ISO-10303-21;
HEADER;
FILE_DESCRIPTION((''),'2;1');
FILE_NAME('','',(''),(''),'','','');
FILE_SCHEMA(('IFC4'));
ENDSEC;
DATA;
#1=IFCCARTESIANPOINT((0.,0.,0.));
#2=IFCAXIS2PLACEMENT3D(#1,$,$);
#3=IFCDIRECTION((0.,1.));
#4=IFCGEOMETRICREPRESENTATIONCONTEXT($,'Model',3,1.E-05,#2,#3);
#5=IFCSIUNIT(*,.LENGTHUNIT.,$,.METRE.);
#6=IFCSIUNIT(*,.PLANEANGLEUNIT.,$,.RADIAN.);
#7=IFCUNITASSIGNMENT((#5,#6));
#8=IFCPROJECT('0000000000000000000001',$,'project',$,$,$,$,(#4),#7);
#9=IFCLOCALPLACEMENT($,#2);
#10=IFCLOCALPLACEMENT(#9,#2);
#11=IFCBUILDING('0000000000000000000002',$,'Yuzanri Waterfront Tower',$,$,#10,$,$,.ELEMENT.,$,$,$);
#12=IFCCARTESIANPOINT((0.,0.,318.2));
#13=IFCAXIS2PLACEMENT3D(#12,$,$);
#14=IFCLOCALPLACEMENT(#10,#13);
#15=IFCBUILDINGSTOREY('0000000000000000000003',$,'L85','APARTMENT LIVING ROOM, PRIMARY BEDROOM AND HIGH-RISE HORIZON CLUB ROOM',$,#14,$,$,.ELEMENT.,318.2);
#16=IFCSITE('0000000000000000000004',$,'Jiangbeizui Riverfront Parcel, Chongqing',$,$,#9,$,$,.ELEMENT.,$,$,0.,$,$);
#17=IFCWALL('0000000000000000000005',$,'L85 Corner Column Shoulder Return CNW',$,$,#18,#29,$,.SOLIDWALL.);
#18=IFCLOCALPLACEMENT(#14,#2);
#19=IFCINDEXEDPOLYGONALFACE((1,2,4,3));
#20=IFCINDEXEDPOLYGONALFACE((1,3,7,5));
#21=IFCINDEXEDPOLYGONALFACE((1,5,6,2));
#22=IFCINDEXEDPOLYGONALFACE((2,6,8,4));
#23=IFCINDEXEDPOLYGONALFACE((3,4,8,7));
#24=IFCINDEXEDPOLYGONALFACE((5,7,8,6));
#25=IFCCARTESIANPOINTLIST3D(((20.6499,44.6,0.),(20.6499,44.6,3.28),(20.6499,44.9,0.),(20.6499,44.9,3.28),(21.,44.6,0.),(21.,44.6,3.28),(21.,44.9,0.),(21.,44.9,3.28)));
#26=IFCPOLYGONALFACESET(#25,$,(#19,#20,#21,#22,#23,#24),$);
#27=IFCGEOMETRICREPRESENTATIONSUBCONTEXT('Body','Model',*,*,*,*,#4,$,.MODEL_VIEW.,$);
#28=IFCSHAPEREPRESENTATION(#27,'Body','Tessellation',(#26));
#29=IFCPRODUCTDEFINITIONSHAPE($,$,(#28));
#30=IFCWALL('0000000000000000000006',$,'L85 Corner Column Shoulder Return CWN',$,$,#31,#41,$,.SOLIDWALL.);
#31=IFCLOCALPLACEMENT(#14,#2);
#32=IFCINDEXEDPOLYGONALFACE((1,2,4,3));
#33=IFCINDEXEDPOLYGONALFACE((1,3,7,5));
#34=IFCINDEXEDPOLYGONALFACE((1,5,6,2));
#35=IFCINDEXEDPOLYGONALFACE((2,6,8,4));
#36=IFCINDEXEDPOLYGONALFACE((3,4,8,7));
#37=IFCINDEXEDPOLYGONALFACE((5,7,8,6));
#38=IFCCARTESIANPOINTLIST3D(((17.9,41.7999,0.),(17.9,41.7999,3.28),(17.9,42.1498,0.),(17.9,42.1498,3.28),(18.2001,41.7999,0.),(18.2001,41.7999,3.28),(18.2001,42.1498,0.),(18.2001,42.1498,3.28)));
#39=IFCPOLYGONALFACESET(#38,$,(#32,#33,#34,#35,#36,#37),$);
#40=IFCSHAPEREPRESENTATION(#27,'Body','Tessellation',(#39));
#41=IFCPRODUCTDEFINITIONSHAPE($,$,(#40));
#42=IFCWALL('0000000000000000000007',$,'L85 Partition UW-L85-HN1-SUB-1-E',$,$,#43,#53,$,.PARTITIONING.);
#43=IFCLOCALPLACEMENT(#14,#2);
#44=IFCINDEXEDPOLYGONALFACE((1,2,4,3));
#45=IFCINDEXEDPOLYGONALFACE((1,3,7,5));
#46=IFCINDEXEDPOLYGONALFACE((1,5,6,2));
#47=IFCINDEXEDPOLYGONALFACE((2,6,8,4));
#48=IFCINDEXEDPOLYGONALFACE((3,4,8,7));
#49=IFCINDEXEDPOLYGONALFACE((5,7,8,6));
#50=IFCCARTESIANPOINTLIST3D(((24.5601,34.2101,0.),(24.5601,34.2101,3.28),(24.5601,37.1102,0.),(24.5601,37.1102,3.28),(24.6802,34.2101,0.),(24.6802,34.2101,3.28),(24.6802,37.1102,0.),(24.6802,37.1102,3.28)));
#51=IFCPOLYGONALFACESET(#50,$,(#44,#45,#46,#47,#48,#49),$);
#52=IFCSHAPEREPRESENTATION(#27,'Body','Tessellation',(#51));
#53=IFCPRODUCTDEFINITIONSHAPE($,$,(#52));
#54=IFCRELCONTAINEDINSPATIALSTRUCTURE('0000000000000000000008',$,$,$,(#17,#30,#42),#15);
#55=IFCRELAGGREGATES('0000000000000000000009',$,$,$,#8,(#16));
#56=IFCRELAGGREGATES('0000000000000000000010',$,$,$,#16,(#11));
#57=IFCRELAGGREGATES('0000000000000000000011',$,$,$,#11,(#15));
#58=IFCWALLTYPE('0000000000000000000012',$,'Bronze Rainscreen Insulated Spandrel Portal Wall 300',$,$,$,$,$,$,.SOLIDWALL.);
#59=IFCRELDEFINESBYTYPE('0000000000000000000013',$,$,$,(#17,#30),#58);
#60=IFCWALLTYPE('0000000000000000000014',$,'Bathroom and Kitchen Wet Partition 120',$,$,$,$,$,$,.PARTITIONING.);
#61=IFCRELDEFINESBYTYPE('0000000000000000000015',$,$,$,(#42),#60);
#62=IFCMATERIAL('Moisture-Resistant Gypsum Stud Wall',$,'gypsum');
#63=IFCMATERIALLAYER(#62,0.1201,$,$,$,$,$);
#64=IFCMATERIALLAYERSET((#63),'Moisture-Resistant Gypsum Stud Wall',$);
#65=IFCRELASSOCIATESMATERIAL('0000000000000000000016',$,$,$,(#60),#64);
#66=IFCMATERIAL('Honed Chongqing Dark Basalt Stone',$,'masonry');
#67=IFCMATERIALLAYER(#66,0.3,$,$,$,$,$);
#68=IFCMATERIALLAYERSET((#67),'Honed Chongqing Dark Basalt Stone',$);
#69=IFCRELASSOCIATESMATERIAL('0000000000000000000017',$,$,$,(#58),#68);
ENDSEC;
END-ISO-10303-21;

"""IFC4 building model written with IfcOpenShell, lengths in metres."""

from ifc_helpers import new_model, si_unit, direction, frame, frame_2d, origin, place, context, subcontext, project, spatial, rectangle, extrude, source, transform, mapped, material, layer, layer_set, type_object, element, save


model = new_model("IFC4")

# Units and contexts
model_context = context("Model", 3, precision=1e-05, world=origin(), true_north=direction((0.0, 1.0)))
body_context = subcontext(model_context, "Body", "Model", "MODEL_VIEW")
ifc_project = project(units=[si_unit("LENGTHUNIT", "METRE"), si_unit("PLANEANGLEUNIT", "RADIAN")], contexts=[model_context])

# Site, building, storey
site_placement = place(None, origin())
site = spatial("IfcSite", under=ifc_project, at=site_placement, Name="Jiangbeizui Riverfront Parcel, Chongqing", CompositionType="ELEMENT", RefElevation=0.0)
building_placement = place(site_placement, origin())
building = spatial("IfcBuilding", under=site, at=building_placement, Name="Yuzanri Waterfront Tower", CompositionType="ELEMENT")
storey_placement = place(building_placement, frame((0.0, 0.0, 318.2)))
storey = spatial("IfcBuildingStorey", under=building, at=storey_placement, Name="L85", Description="APARTMENT LIVING ROOM, PRIMARY BEDROOM AND HIGH-RISE HORIZON CLUB ROOM", CompositionType="ELEMENT", Elevation=318.2)

# Shared definitions
ifc_material_1 = material(Name="Moisture-Resistant Gypsum Stud Wall", Category="gypsum")
ifc_layer_1 = layer(ifc_material_1, 0.1201)
ifc_layer_set_1 = layer_set([ifc_layer_1], Name="Moisture-Resistant Gypsum Stud Wall")
wall_type_1 = type_object("IfcWallType", Name="Bathroom and Kitchen Wet Partition 120", PredefinedType="PARTITIONING", material=ifc_layer_set_1)

# Shared definitions
ifc_material_2 = material(Name="Honed Chongqing Dark Basalt Stone", Category="masonry")
ifc_layer_2 = layer(ifc_material_2, 0.3)
ifc_layer_set_2 = layer_set([ifc_layer_2], Name="Honed Chongqing Dark Basalt Stone")
wall_type_2 = type_object("IfcWallType", Name="Bronze Rainscreen Insulated Spandrel Portal Wall 300", PredefinedType="SOLIDWALL", material=ifc_layer_set_2)

# Walls
shared_shape_1 = source(origin(), body_context, "Body", "SweptSolid", [
    extrude(rectangle(XDim=0.3501, YDim=0.3, at=frame_2d((0.175, 0.0))), origin(), (0.0, 0.0, 1.0), 3.28),
])
wall_1_placement = place(storey_placement, frame((20.6499, 44.75, 0.0), z_axis=(0.0, 0.0, 1.0), x_axis=(1.0, 0.0, 0.0)))
element("IfcWall", 1, at=wall_1_placement, inside=storey, type_object=wall_type_2, Name="L85 Corner Column Shoulder Return CNW", PredefinedType="SOLIDWALL", context=body_context, shape_type="MappedRepresentation", body=[
    mapped(shared_shape_1, transform((0.0, 0.0, 0.0), scale=1.0)),
])
shared_shape_2 = source(origin(), body_context, "Body", "SweptSolid", [
    extrude(rectangle(XDim=0.3499, YDim=0.3, at=frame_2d((0.1748, 0.0))), origin(), (0.0, 0.0, 1.0), 3.28),
])
wall_2_placement = place(storey_placement, frame((18.05, 41.8, 0.0), z_axis=(0.0, 0.0, 1.0), x_axis=(0.0, 1.0, 0.0)))
element("IfcWall", 2, at=wall_2_placement, inside=storey, type_object=wall_type_2, Name="L85 Corner Column Shoulder Return CWN", PredefinedType="SOLIDWALL", context=body_context, shape_type="MappedRepresentation", body=[
    mapped(shared_shape_2, transform((0.0, 0.0, 0.0), scale=1.0)),
])
shared_shape_3 = source(origin(), body_context, "Body", "SweptSolid", [
    extrude(rectangle(XDim=2.9001, YDim=0.1201, at=frame_2d((1.4502, 0.0))), origin(), (0.0, 0.0, 1.0), 3.28),
])
wall_3_placement = place(storey_placement, frame((24.6201, 34.21, 0.0), z_axis=(0.0, 0.0, 1.0), x_axis=(0.0, 1.0, 0.0)))
element("IfcWall", 3, at=wall_3_placement, inside=storey, type_object=wall_type_1, Name="L85 Partition UW-L85-HN1-SUB-1-E", PredefinedType="PARTITIONING", context=body_context, shape_type="MappedRepresentation", body=[
    mapped(shared_shape_3, transform((0.0, 0.0, 0.0), scale=1.0)),
])

save(model, "model.ifc")
